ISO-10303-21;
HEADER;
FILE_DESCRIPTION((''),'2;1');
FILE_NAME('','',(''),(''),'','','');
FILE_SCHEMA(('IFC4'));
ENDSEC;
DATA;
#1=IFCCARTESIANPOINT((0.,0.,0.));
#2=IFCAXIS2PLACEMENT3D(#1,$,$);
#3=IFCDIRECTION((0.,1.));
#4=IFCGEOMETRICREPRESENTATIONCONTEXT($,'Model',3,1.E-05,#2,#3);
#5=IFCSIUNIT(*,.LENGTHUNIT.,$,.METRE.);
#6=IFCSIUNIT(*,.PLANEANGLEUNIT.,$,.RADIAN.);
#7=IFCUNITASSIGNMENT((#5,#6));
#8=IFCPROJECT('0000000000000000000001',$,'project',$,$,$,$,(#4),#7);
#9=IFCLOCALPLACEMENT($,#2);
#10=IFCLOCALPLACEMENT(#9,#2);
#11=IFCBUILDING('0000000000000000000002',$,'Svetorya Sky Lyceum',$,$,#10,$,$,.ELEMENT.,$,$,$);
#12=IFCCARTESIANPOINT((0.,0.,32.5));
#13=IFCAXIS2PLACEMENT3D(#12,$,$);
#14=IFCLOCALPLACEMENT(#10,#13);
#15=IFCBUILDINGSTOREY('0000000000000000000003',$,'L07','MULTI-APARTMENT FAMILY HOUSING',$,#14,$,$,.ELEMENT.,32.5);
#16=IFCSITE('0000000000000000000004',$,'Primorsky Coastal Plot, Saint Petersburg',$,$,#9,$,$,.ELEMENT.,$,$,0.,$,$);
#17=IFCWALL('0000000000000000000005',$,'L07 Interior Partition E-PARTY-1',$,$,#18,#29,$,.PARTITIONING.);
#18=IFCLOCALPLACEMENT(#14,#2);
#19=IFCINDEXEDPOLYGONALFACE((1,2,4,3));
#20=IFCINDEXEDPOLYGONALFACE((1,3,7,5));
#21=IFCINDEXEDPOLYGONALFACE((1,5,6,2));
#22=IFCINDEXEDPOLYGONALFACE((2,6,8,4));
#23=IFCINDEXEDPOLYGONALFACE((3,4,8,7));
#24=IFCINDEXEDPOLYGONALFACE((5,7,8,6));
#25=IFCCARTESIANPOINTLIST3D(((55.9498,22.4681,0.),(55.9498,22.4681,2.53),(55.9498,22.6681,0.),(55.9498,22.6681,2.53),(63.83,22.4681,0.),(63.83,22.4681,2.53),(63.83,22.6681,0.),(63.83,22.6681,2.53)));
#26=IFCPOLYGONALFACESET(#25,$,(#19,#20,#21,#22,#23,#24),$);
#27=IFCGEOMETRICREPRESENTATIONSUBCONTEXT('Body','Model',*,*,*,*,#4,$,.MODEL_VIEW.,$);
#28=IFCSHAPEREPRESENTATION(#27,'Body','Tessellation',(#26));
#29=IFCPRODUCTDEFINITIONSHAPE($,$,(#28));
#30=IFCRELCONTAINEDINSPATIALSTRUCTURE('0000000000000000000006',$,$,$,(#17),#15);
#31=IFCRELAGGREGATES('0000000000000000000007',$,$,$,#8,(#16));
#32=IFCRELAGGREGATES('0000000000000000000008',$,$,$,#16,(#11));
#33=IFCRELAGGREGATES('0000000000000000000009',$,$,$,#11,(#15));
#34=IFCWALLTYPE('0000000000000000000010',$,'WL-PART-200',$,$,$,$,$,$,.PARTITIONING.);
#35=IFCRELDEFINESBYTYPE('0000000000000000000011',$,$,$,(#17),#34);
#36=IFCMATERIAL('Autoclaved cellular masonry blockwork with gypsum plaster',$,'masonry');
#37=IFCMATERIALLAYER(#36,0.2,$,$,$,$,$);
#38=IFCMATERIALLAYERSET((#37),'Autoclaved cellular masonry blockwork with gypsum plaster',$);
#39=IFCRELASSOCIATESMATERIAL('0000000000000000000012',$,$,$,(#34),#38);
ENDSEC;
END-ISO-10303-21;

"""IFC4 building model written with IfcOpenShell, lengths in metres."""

from ifc_helpers import new_model, si_unit, direction, frame, frame_2d, origin, place, context, subcontext, project, spatial, rectangle, extrude, material, layer, layer_set, type_object, element, save


model = new_model("IFC4")

# Units and contexts
model_context = context("Model", 3, precision=1e-05, world=origin(), true_north=direction((0.0, 1.0)))
body_context = subcontext(model_context, "Body", "Model", "MODEL_VIEW")
ifc_project = project(units=[si_unit("LENGTHUNIT", "METRE"), si_unit("PLANEANGLEUNIT", "RADIAN")], contexts=[model_context])

# Site, building, storey
site_placement = place(None, origin())
site = spatial("IfcSite", under=ifc_project, at=site_placement, Name="Primorsky Coastal Plot, Saint Petersburg", CompositionType="ELEMENT", RefElevation=0.0)
building_placement = place(site_placement, origin())
building = spatial("IfcBuilding", under=site, at=building_placement, Name="Svetorya Sky Lyceum", CompositionType="ELEMENT")
storey_placement = place(building_placement, frame((0.0, 0.0, 32.5)))
storey = spatial("IfcBuildingStorey", under=building, at=storey_placement, Name="L07", Description="MULTI-APARTMENT FAMILY HOUSING", CompositionType="ELEMENT", Elevation=32.5)

# Wall
ifc_material_1 = material(Name="Autoclaved cellular masonry blockwork with gypsum plaster", Category="masonry")
ifc_layer_1 = layer(ifc_material_1, 0.2)
ifc_layer_set_1 = layer_set([ifc_layer_1], Name="Autoclaved cellular masonry blockwork with gypsum plaster")
wall_type_1 = type_object("IfcWallType", Name="WL-PART-200", PredefinedType="PARTITIONING", material=ifc_layer_set_1)
wall_1_placement = place(storey_placement, frame((55.95, 22.5681, 0.0), z_axis=(0.0, 0.0, 1.0), x_axis=(1.0, 0.0, 0.0)))
element("IfcWall", 1, at=wall_1_placement, inside=storey, type_object=wall_type_1, Name="L07 Interior Partition E-PARTY-1", PredefinedType="PARTITIONING", context=body_context, shape_type="SweptSolid", body=[
    extrude(rectangle(XDim=7.8801, YDim=0.2, at=frame_2d((3.9399, 0.0))), origin(), (0.0, 0.0, 1.0), 2.53),
])

save(model, "model.ifc")
